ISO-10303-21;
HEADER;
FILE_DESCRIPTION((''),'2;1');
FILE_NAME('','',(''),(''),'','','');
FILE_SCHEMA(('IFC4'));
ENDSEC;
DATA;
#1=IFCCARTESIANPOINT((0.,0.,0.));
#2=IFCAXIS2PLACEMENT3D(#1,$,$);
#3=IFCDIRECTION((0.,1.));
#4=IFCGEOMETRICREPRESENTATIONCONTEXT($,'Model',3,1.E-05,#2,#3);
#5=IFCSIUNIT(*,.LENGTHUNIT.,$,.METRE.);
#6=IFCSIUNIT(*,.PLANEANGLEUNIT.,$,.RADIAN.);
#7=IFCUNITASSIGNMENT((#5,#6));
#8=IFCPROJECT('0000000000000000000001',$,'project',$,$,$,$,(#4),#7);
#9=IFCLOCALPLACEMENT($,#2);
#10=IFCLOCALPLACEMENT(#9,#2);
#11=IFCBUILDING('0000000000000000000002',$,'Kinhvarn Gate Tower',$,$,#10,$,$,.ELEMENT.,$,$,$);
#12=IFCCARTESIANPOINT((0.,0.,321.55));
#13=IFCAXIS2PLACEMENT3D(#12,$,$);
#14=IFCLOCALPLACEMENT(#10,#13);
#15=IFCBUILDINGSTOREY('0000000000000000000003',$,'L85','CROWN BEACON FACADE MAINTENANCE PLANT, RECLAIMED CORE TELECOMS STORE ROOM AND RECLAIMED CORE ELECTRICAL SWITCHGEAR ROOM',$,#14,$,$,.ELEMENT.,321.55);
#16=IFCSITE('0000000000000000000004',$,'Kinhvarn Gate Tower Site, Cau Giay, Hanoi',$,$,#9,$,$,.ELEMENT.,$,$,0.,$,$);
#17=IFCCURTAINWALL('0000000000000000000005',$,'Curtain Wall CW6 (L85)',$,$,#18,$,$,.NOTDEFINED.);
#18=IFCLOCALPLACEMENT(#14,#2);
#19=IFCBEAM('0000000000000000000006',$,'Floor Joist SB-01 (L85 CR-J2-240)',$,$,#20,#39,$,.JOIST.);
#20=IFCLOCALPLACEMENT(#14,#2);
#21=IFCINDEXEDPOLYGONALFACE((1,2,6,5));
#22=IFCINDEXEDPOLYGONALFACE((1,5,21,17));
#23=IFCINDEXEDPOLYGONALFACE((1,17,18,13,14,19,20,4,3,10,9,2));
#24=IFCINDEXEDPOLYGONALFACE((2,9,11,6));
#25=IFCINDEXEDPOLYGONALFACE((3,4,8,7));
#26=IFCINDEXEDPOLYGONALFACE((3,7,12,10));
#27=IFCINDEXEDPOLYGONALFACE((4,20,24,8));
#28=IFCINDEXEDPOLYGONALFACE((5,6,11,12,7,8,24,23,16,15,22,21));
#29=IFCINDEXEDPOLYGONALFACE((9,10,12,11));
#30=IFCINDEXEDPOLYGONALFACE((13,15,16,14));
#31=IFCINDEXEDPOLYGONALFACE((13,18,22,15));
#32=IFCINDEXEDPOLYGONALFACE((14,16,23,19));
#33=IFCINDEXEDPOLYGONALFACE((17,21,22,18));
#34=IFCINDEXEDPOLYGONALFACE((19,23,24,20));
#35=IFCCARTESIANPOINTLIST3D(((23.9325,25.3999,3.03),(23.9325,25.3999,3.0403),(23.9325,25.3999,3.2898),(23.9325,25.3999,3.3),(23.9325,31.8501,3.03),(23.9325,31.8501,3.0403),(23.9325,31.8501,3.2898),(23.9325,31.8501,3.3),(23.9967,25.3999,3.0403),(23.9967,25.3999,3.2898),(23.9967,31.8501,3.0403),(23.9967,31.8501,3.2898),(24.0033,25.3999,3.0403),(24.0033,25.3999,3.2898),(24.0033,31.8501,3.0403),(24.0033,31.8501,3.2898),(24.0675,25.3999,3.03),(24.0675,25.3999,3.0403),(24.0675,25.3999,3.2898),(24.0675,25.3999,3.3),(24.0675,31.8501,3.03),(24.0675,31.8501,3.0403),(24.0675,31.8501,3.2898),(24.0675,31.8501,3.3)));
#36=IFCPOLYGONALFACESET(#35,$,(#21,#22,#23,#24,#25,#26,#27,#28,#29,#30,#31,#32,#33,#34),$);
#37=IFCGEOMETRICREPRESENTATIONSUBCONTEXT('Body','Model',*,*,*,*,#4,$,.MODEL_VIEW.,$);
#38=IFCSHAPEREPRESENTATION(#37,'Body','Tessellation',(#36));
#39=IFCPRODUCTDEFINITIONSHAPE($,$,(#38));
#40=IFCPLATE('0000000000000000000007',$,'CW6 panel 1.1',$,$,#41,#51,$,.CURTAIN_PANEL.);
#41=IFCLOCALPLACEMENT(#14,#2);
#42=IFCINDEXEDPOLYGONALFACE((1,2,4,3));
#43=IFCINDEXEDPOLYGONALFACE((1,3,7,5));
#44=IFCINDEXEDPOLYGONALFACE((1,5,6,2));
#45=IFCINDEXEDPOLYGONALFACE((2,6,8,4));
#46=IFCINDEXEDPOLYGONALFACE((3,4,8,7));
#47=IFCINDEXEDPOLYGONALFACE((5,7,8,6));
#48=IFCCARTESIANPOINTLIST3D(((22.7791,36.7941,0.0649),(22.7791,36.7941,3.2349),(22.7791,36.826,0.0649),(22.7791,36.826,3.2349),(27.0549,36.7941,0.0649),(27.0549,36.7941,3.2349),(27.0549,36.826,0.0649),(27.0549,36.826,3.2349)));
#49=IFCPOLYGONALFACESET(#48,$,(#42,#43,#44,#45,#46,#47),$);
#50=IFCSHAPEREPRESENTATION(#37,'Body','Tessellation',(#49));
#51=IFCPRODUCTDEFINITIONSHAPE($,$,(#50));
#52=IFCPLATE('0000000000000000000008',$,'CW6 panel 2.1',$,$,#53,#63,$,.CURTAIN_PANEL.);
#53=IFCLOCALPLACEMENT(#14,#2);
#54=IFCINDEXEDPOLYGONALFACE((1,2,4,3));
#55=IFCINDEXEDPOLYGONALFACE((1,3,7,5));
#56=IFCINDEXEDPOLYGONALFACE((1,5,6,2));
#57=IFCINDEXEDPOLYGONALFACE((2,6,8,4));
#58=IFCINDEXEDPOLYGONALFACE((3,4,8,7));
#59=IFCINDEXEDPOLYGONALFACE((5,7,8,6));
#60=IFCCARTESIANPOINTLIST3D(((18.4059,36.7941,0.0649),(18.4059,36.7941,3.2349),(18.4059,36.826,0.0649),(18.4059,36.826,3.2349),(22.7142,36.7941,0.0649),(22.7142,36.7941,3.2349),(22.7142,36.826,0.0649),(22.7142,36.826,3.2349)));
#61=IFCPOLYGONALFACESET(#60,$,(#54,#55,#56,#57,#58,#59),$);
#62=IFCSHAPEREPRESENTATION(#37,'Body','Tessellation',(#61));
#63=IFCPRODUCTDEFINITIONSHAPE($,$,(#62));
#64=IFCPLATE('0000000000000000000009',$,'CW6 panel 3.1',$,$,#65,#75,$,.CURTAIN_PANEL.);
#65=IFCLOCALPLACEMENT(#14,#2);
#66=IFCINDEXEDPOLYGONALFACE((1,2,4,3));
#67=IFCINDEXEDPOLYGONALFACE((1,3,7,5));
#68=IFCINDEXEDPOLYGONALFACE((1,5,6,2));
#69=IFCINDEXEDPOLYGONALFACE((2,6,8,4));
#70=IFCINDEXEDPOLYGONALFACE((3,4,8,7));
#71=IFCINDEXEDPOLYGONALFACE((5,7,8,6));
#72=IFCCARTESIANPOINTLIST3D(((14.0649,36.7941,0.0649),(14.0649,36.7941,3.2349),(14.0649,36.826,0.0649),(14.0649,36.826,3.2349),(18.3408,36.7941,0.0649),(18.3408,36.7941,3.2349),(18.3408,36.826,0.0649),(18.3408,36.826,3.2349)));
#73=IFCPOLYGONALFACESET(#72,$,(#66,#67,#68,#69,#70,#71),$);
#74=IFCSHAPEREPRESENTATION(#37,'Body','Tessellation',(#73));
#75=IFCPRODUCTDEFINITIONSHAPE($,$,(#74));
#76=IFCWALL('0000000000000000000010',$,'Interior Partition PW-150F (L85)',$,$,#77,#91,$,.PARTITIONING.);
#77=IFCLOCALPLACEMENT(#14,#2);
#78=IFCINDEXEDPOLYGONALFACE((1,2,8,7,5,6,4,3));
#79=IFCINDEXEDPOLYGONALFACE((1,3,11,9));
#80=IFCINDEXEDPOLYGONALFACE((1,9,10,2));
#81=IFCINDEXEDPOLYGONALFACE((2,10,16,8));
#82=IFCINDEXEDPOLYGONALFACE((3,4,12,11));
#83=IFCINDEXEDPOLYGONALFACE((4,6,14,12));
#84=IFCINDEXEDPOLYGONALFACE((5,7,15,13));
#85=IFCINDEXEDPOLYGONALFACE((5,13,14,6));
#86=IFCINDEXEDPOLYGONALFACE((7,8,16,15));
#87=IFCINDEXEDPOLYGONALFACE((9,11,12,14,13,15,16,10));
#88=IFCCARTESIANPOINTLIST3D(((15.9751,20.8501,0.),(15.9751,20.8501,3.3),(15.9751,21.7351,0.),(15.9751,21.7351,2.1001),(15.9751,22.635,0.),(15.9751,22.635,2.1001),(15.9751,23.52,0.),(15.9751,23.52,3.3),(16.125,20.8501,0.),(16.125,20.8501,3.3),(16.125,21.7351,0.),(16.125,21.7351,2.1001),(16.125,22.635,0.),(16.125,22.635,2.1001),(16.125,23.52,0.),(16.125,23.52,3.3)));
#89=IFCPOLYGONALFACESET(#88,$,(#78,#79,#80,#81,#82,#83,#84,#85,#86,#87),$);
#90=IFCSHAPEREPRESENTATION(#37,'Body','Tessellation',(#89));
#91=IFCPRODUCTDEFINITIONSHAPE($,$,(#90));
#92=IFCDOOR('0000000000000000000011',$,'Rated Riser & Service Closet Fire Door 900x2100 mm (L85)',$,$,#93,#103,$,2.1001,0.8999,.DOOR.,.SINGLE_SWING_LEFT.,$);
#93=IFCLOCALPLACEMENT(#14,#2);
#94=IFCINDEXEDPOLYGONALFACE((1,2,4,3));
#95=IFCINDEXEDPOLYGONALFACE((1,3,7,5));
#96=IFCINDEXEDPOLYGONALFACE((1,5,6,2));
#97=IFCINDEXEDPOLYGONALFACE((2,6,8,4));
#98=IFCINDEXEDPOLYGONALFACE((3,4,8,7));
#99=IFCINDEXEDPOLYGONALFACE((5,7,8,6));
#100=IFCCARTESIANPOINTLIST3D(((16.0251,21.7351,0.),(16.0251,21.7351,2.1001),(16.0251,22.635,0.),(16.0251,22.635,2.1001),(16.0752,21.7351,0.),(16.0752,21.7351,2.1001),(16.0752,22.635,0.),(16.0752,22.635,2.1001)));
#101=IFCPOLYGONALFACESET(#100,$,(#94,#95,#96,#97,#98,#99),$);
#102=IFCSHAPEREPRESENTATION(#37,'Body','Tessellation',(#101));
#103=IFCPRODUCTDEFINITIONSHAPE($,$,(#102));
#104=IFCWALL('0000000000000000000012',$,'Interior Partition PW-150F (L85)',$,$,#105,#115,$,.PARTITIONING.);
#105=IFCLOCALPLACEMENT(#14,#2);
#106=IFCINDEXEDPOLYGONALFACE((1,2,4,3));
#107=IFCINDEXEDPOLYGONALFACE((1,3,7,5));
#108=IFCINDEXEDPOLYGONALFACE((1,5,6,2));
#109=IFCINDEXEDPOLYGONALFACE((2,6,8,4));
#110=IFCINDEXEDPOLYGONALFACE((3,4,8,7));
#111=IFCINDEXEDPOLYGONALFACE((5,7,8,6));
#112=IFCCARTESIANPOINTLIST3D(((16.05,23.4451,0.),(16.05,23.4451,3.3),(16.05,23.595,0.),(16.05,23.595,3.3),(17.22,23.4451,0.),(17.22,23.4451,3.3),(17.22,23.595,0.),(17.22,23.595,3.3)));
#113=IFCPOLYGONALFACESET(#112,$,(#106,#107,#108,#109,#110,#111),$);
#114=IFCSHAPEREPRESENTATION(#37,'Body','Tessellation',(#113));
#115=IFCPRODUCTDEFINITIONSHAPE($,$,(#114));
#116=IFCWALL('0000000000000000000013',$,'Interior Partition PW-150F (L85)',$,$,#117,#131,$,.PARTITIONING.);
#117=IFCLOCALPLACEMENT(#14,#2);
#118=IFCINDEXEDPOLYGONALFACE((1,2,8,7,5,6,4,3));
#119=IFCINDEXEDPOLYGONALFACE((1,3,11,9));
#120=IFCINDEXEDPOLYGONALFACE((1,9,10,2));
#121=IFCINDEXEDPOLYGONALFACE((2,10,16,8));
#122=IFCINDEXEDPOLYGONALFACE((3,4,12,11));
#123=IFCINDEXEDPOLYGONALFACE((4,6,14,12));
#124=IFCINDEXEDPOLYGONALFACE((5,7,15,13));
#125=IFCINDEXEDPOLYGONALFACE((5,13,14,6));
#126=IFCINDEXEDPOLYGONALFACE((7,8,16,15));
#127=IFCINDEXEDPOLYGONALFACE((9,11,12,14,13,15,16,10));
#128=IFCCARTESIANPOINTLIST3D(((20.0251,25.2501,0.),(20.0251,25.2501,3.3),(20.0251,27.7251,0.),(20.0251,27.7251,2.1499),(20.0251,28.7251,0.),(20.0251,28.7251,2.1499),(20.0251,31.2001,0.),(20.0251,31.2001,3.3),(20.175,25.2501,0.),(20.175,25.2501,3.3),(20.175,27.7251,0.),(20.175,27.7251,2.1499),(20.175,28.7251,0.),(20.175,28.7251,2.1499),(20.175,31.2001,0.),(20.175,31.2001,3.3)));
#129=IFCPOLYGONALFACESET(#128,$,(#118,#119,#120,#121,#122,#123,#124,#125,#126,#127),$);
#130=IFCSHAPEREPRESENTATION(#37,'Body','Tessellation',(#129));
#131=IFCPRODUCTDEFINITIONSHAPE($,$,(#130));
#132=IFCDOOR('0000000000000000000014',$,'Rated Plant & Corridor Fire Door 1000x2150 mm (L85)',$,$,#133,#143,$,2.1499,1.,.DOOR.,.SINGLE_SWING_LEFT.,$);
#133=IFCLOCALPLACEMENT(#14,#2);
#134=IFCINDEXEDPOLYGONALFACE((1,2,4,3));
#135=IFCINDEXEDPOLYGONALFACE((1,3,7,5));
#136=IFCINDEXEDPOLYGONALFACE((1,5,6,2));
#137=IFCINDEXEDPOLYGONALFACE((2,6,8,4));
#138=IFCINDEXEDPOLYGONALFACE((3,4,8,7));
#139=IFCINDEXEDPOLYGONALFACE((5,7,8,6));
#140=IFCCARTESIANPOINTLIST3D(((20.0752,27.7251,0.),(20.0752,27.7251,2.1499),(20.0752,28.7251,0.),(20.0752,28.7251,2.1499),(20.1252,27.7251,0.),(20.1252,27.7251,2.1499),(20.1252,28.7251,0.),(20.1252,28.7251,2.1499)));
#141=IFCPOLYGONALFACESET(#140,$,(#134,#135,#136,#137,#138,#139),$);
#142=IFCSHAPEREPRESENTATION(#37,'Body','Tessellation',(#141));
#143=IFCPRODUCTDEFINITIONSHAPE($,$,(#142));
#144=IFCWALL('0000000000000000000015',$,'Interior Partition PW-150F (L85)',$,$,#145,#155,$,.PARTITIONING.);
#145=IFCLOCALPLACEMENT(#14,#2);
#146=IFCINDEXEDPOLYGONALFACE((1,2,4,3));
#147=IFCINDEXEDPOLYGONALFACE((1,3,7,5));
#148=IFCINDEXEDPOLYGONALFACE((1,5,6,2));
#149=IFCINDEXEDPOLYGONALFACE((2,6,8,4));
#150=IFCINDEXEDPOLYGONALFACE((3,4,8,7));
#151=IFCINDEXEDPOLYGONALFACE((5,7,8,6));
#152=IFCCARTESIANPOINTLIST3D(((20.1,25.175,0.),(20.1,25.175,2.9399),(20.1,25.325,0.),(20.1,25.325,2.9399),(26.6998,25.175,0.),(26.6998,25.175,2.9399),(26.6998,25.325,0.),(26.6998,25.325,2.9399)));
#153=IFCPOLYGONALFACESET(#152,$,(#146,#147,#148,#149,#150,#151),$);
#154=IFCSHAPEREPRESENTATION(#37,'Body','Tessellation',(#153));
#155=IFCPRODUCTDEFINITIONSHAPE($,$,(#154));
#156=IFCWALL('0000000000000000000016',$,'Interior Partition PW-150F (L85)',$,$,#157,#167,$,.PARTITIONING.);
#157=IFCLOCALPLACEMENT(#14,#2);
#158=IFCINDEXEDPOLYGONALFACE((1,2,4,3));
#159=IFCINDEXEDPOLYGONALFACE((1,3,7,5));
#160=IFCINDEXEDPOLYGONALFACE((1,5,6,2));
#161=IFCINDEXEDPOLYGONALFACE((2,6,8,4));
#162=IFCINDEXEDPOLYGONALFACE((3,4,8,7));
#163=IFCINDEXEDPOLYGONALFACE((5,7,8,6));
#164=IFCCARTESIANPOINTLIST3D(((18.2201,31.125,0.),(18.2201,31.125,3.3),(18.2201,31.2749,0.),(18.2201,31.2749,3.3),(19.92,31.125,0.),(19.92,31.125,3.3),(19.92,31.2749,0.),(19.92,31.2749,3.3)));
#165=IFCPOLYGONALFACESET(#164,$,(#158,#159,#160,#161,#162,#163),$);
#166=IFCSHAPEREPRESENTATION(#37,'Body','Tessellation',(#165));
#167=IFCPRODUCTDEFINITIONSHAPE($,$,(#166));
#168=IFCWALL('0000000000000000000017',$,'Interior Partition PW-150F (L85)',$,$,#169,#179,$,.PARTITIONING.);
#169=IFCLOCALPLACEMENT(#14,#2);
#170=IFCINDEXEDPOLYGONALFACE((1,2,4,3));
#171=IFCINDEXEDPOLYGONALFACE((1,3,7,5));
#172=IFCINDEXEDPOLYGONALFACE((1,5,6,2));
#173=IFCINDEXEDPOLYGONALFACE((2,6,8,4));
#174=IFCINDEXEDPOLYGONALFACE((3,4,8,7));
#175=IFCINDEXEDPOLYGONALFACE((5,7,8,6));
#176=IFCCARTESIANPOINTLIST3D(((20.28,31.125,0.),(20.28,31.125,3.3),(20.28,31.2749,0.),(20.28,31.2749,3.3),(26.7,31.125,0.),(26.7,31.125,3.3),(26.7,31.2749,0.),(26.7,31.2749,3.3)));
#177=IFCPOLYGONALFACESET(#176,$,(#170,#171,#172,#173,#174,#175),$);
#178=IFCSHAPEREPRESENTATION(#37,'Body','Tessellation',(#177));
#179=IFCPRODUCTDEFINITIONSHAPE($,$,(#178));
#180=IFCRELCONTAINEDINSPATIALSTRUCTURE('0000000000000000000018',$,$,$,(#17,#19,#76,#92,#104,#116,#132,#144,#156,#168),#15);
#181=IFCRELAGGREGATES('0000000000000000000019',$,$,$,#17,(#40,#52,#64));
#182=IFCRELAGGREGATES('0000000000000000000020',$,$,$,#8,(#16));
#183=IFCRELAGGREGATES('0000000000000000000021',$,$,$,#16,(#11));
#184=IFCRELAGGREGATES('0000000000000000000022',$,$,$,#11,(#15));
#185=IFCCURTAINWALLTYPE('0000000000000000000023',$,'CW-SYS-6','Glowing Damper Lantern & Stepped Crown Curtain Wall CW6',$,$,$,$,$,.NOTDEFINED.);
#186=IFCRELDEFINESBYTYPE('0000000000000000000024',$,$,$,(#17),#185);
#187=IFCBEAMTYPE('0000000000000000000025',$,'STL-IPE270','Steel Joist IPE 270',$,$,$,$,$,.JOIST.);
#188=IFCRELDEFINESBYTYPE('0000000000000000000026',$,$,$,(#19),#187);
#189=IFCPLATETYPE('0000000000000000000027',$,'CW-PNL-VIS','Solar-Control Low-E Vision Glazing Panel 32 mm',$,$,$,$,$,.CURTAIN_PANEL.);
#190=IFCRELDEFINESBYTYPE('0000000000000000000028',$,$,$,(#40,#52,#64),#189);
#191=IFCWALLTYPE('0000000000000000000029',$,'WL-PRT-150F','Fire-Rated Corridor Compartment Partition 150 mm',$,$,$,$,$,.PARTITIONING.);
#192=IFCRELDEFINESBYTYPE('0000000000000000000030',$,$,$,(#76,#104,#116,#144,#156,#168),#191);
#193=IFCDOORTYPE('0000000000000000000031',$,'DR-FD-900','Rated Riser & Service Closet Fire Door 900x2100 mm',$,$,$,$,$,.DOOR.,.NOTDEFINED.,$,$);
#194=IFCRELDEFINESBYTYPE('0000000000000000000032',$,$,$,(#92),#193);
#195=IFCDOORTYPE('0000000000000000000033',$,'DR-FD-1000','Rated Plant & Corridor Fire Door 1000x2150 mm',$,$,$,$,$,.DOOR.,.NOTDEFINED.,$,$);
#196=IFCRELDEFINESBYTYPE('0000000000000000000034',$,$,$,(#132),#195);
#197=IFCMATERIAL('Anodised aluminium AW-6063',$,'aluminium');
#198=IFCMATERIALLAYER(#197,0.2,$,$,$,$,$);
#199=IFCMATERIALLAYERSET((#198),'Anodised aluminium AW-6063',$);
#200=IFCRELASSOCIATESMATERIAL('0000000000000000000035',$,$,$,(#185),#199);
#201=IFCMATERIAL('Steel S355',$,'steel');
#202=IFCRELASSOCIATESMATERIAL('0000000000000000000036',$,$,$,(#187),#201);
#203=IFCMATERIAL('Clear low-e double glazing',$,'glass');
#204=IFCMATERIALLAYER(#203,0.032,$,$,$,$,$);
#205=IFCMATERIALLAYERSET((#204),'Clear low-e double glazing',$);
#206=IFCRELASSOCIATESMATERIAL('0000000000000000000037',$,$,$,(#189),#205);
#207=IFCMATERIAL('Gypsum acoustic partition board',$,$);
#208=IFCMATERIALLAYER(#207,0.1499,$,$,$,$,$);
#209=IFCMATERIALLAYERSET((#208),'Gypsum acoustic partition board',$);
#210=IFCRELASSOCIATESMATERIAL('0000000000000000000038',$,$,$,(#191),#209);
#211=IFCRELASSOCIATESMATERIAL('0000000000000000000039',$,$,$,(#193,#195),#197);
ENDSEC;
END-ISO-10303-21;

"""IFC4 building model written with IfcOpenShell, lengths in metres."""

from ifc_helpers import new_model, si_unit, direction, frame, frame_2d, origin, origin_2d, place, context, subcontext, project, spatial, rectangle, i_section, extrude, material, layer, layer_set, material_profile, profile_set, type_object, element, fill, aggregate, save


model = new_model("IFC4")

# Units and contexts
model_context = context("Model", 3, precision=1e-05, world=origin(), true_north=direction((0.0, 1.0)))
body_context = subcontext(model_context, "Body", "Model", "MODEL_VIEW")
ifc_project = project(units=[si_unit("LENGTHUNIT", "METRE"), si_unit("PLANEANGLEUNIT", "RADIAN")], contexts=[model_context])

# Site, building, storey
site_placement = place(None, origin())
site = spatial("IfcSite", under=ifc_project, at=site_placement, Name="Kinhvarn Gate Tower Site, Cau Giay, Hanoi", CompositionType="ELEMENT", RefElevation=0.0)
building_placement = place(site_placement, origin())
building = spatial("IfcBuilding", under=site, at=building_placement, Name="Kinhvarn Gate Tower", CompositionType="ELEMENT")
storey_placement = place(building_placement, frame((0.0, 0.0, 321.55)))
storey = spatial("IfcBuildingStorey", under=building, at=storey_placement, Name="L85", Description="CROWN BEACON FACADE MAINTENANCE PLANT, RECLAIMED CORE TELECOMS STORE ROOM AND RECLAIMED CORE ELECTRICAL SWITCHGEAR ROOM", CompositionType="ELEMENT", Elevation=321.55)

# Curtain wall
ifc_material_1 = material(Name="Anodised aluminium AW-6063", Category="aluminium")
ifc_layer_1 = layer(ifc_material_1, 0.2)
ifc_layer_set_1 = layer_set([ifc_layer_1], Name="Anodised aluminium AW-6063")
curtain_wall_type = type_object("IfcCurtainWallType", Name="CW-SYS-6", Description="Glowing Damper Lantern & Stepped Crown Curtain Wall CW6", PredefinedType="NOTDEFINED", material=ifc_layer_set_1)
curtain_wall_placement = place(storey_placement, origin())
curtain_wall = element("IfcCurtainWall", 1, at=curtain_wall_placement, inside=storey, type_object=curtain_wall_type, Name="Curtain Wall CW6 (L85)", PredefinedType="NOTDEFINED")

# Beam
ifc_material_2 = material(Name="Steel S355", Category="steel")
ifc_material_profile_1 = material_profile(ifc_material_2, i_section(OverallWidth=0.135, OverallDepth=0.27, WebThickness=0.0066, FlangeThickness=0.0103, at=origin_2d()), Name="IPE 270")
ifc_profile_set_1 = profile_set([ifc_material_profile_1], Name="Steel S355")
beam_type_1 = type_object("IfcBeamType", Name="STL-IPE270", Description="Steel Joist IPE 270", PredefinedType="JOIST", material=ifc_profile_set_1)
for number, where, z_axis, x_axis, name in (
    (2, (24.0, 25.3999, 3.165), (0.0, 1.0, 0.0), (-1.0, 0.0, 0.0), "Floor Joist SB-01 (L85 CR-J2-240)"),
):
    element("IfcBeam", number, at=place(storey_placement, frame(where, z_axis=z_axis, x_axis=x_axis)), inside=storey, type_object=beam_type_1, Name=name, PredefinedType="JOIST", context=body_context, shape_type="SweptSolid", body=[
        extrude(i_section(OverallWidth=0.135, OverallDepth=0.27, WebThickness=0.0066, FlangeThickness=0.0103, at=origin_2d()), origin(), (0.0, 0.0, 1.0), 6.4502),
    ])

# Plates
ifc_material_3 = material(Name="Clear low-e double glazing", Category="glass")
ifc_layer_2 = layer(ifc_material_3, 0.032)
ifc_layer_set_2 = layer_set([ifc_layer_2], Name="Clear low-e double glazing")
plate_type = type_object("IfcPlateType", Name="CW-PNL-VIS", Description="Solar-Control Low-E Vision Glazing Panel 32 mm", PredefinedType="CURTAIN_PANEL", material=ifc_layer_set_2)
plate_1_placement = place(storey_placement, frame((24.917, 36.8101, 0.0649), z_axis=(0.0, 0.0, 1.0), x_axis=(-1.0, 0.0, 0.0)))
plate_1 = element("IfcPlate", 3, at=plate_1_placement, type_object=plate_type, Name="CW6 panel 1.1", PredefinedType="CURTAIN_PANEL", context=body_context, shape_type="SweptSolid", body=[
    extrude(rectangle(XDim=4.2759, YDim=0.032, at=origin_2d()), origin(), (0.0, 0.0, 1.0), 3.1699),
])
plate_2_placement = place(storey_placement, frame((20.5601, 36.8101, 0.0649), z_axis=(0.0, 0.0, 1.0), x_axis=(-1.0, 0.0, 0.0)))
plate_2 = element("IfcPlate", 4, at=plate_2_placement, type_object=plate_type, Name="CW6 panel 2.1", PredefinedType="CURTAIN_PANEL", context=body_context, shape_type="SweptSolid", body=[
    extrude(rectangle(XDim=4.3083, YDim=0.032, at=origin_2d()), origin(), (0.0, 0.0, 1.0), 3.1699),
])
plate_3_placement = place(storey_placement, frame((16.2029, 36.8101, 0.0649), z_axis=(0.0, 0.0, 1.0), x_axis=(-1.0, 0.0, 0.0)))
plate_3 = element("IfcPlate", 5, at=plate_3_placement, type_object=plate_type, Name="CW6 panel 3.1", PredefinedType="CURTAIN_PANEL", context=body_context, shape_type="SweptSolid", body=[
    extrude(rectangle(XDim=4.2759, YDim=0.032, at=origin_2d()), origin(), (0.0, 0.0, 1.0), 3.1699),
])
aggregate(curtain_wall, [plate_1, plate_2, plate_3])

# Wall, opening, door
ifc_material_4 = material(Name="Gypsum acoustic partition board")
ifc_layer_3 = layer(ifc_material_4, 0.1499)
ifc_layer_set_3 = layer_set([ifc_layer_3], Name="Gypsum acoustic partition board")
wall_type_1 = type_object("IfcWallType", Name="WL-PRT-150F", Description="Fire-Rated Corridor Compartment Partition 150 mm", PredefinedType="PARTITIONING", material=ifc_layer_set_3)
wall_1_placement = place(storey_placement, frame((16.05, 20.8501, 0.0), z_axis=(0.0, 0.0, 1.0), x_axis=(0.0, 1.0, 0.0)))
wall_1 = element("IfcWall", 6, at=wall_1_placement, inside=storey, type_object=wall_type_1, Name="Interior Partition PW-150F (L85)", PredefinedType="PARTITIONING", context=body_context, shape_type="SweptSolid", body=[
    extrude(rectangle(XDim=2.6699, YDim=0.1499, at=frame_2d((1.335, 0.0))), origin(), (0.0, 0.0, 1.0), 3.3),
])
opening_1_placement = place(wall_1_placement, frame((0.885, 0.0, 0.0)))
opening_1 = element("IfcOpeningElement", 7, at=opening_1_placement, cuts=wall_1, PredefinedType="OPENING", context=body_context, shape_type="SweptSolid", body=[
    extrude(rectangle(XDim=0.8999, YDim=2.1001, at=frame_2d((0.45, 1.05))), frame((0.0, 0.085, 0.0), z_axis=(0.0, -1.0, 0.0), x_axis=(1.0, 0.0, 0.0)), (0.0, 0.0, 1.0), 0.1699),
])
door_type_1 = type_object("IfcDoorType", Name="DR-FD-900", Description="Rated Riser & Service Closet Fire Door 900x2100 mm", OperationType="NOTDEFINED", PredefinedType="DOOR", material=ifc_material_1)
door_1_placement = place(opening_1_placement, origin())
door_1 = element("IfcDoor", 8, at=door_1_placement, inside=storey, type_object=door_type_1, Name="Rated Riser & Service Closet Fire Door 900x2100 mm (L85)", OperationType="SINGLE_SWING_LEFT", OverallHeight=2.1001, OverallWidth=0.8999, PredefinedType="DOOR", context=body_context, shape_type="SweptSolid", body=[
    extrude(rectangle(XDim=0.8999, YDim=2.1001, at=frame_2d((0.45, 1.05))), frame((0.0, 0.0249, 0.0), z_axis=(0.0, -1.0, 0.0), x_axis=(1.0, 0.0, 0.0)), (0.0, 0.0, 1.0), 0.05),
])
fill(opening_1, door_1)

# Wall
wall_2_placement = place(storey_placement, frame((16.05, 23.52, 0.0), z_axis=(0.0, 0.0, 1.0), x_axis=(1.0, 0.0, 0.0)))
element("IfcWall", 9, at=wall_2_placement, inside=storey, type_object=wall_type_1, Name="Interior Partition PW-150F (L85)", PredefinedType="PARTITIONING", context=body_context, shape_type="SweptSolid", body=[
    extrude(rectangle(XDim=1.1699, YDim=0.1499, at=frame_2d((0.585, 0.0))), origin(), (0.0, 0.0, 1.0), 3.3),
])

# Wall, opening, door
wall_3_placement = place(storey_placement, frame((20.1001, 25.25, 0.0), z_axis=(0.0, 0.0, 1.0), x_axis=(0.0, 1.0, 0.0)))
wall_3 = element("IfcWall", 10, at=wall_3_placement, inside=storey, type_object=wall_type_1, Name="Interior Partition PW-150F (L85)", PredefinedType="PARTITIONING", context=body_context, shape_type="SweptSolid", body=[
    extrude(rectangle(XDim=5.95, YDim=0.1499, at=frame_2d((2.9751, 0.0))), origin(), (0.0, 0.0, 1.0), 3.3),
])
opening_2_placement = place(wall_3_placement, frame((2.4751, 0.0, 0.0)))
opening_2 = element("IfcOpeningElement", 11, at=opening_2_placement, cuts=wall_3, PredefinedType="OPENING", context=body_context, shape_type="SweptSolid", body=[
    extrude(rectangle(XDim=1.0, YDim=2.1499, at=frame_2d((0.5, 1.075))), frame((0.0, 0.085, 0.0), z_axis=(0.0, -1.0, 0.0), x_axis=(1.0, 0.0, 0.0)), (0.0, 0.0, 1.0), 0.1699),
])
door_type_2 = type_object("IfcDoorType", Name="DR-FD-1000", Description="Rated Plant & Corridor Fire Door 1000x2150 mm", OperationType="NOTDEFINED", PredefinedType="DOOR", material=ifc_material_1)
door_2_placement = place(opening_2_placement, origin())
door_2 = element("IfcDoor", 12, at=door_2_placement, inside=storey, type_object=door_type_2, Name="Rated Plant & Corridor Fire Door 1000x2150 mm (L85)", OperationType="SINGLE_SWING_LEFT", OverallHeight=2.1499, OverallWidth=1.0, PredefinedType="DOOR", context=body_context, shape_type="SweptSolid", body=[
    extrude(rectangle(XDim=1.0, YDim=2.1499, at=frame_2d((0.5, 1.075))), frame((0.0, 0.0249, 0.0), z_axis=(0.0, -1.0, 0.0), x_axis=(1.0, 0.0, 0.0)), (0.0, 0.0, 1.0), 0.05),
])
fill(opening_2, door_2)

# Walls
wall_4_placement = place(storey_placement, frame((20.1001, 25.25, 0.0), z_axis=(0.0, 0.0, 1.0), x_axis=(1.0, 0.0, 0.0)))
element("IfcWall", 13, at=wall_4_placement, inside=storey, type_object=wall_type_1, Name="Interior Partition PW-150F (L85)", PredefinedType="PARTITIONING", context=body_context, shape_type="SweptSolid", body=[
    extrude(rectangle(XDim=6.5999, YDim=0.1499, at=frame_2d((3.2998, 0.0))), origin(), (0.0, 0.0, 1.0), 2.9399),
])
wall_5_placement = place(storey_placement, frame((18.22, 31.2, 0.0), z_axis=(0.0, 0.0, 1.0), x_axis=(1.0, 0.0, 0.0)))
element("IfcWall", 14, at=wall_5_placement, inside=storey, type_object=wall_type_1, Name="Interior Partition PW-150F (L85)", PredefinedType="PARTITIONING", context=body_context, shape_type="SweptSolid", body=[
    extrude(rectangle(XDim=1.7, YDim=0.1499, at=frame_2d((0.8501, 0.0))), origin(), (0.0, 0.0, 1.0), 3.3),
])
wall_6_placement = place(storey_placement, frame((20.28, 31.2, 0.0), z_axis=(0.0, 0.0, 1.0), x_axis=(1.0, 0.0, 0.0)))
element("IfcWall", 15, at=wall_6_placement, inside=storey, type_object=wall_type_1, Name="Interior Partition PW-150F (L85)", PredefinedType="PARTITIONING", context=body_context, shape_type="SweptSolid", body=[
    extrude(rectangle(XDim=6.4199, YDim=0.1499, at=frame_2d((3.21, 0.0))), origin(), (0.0, 0.0, 1.0), 3.3),
])

save(model, "model.ifc")
